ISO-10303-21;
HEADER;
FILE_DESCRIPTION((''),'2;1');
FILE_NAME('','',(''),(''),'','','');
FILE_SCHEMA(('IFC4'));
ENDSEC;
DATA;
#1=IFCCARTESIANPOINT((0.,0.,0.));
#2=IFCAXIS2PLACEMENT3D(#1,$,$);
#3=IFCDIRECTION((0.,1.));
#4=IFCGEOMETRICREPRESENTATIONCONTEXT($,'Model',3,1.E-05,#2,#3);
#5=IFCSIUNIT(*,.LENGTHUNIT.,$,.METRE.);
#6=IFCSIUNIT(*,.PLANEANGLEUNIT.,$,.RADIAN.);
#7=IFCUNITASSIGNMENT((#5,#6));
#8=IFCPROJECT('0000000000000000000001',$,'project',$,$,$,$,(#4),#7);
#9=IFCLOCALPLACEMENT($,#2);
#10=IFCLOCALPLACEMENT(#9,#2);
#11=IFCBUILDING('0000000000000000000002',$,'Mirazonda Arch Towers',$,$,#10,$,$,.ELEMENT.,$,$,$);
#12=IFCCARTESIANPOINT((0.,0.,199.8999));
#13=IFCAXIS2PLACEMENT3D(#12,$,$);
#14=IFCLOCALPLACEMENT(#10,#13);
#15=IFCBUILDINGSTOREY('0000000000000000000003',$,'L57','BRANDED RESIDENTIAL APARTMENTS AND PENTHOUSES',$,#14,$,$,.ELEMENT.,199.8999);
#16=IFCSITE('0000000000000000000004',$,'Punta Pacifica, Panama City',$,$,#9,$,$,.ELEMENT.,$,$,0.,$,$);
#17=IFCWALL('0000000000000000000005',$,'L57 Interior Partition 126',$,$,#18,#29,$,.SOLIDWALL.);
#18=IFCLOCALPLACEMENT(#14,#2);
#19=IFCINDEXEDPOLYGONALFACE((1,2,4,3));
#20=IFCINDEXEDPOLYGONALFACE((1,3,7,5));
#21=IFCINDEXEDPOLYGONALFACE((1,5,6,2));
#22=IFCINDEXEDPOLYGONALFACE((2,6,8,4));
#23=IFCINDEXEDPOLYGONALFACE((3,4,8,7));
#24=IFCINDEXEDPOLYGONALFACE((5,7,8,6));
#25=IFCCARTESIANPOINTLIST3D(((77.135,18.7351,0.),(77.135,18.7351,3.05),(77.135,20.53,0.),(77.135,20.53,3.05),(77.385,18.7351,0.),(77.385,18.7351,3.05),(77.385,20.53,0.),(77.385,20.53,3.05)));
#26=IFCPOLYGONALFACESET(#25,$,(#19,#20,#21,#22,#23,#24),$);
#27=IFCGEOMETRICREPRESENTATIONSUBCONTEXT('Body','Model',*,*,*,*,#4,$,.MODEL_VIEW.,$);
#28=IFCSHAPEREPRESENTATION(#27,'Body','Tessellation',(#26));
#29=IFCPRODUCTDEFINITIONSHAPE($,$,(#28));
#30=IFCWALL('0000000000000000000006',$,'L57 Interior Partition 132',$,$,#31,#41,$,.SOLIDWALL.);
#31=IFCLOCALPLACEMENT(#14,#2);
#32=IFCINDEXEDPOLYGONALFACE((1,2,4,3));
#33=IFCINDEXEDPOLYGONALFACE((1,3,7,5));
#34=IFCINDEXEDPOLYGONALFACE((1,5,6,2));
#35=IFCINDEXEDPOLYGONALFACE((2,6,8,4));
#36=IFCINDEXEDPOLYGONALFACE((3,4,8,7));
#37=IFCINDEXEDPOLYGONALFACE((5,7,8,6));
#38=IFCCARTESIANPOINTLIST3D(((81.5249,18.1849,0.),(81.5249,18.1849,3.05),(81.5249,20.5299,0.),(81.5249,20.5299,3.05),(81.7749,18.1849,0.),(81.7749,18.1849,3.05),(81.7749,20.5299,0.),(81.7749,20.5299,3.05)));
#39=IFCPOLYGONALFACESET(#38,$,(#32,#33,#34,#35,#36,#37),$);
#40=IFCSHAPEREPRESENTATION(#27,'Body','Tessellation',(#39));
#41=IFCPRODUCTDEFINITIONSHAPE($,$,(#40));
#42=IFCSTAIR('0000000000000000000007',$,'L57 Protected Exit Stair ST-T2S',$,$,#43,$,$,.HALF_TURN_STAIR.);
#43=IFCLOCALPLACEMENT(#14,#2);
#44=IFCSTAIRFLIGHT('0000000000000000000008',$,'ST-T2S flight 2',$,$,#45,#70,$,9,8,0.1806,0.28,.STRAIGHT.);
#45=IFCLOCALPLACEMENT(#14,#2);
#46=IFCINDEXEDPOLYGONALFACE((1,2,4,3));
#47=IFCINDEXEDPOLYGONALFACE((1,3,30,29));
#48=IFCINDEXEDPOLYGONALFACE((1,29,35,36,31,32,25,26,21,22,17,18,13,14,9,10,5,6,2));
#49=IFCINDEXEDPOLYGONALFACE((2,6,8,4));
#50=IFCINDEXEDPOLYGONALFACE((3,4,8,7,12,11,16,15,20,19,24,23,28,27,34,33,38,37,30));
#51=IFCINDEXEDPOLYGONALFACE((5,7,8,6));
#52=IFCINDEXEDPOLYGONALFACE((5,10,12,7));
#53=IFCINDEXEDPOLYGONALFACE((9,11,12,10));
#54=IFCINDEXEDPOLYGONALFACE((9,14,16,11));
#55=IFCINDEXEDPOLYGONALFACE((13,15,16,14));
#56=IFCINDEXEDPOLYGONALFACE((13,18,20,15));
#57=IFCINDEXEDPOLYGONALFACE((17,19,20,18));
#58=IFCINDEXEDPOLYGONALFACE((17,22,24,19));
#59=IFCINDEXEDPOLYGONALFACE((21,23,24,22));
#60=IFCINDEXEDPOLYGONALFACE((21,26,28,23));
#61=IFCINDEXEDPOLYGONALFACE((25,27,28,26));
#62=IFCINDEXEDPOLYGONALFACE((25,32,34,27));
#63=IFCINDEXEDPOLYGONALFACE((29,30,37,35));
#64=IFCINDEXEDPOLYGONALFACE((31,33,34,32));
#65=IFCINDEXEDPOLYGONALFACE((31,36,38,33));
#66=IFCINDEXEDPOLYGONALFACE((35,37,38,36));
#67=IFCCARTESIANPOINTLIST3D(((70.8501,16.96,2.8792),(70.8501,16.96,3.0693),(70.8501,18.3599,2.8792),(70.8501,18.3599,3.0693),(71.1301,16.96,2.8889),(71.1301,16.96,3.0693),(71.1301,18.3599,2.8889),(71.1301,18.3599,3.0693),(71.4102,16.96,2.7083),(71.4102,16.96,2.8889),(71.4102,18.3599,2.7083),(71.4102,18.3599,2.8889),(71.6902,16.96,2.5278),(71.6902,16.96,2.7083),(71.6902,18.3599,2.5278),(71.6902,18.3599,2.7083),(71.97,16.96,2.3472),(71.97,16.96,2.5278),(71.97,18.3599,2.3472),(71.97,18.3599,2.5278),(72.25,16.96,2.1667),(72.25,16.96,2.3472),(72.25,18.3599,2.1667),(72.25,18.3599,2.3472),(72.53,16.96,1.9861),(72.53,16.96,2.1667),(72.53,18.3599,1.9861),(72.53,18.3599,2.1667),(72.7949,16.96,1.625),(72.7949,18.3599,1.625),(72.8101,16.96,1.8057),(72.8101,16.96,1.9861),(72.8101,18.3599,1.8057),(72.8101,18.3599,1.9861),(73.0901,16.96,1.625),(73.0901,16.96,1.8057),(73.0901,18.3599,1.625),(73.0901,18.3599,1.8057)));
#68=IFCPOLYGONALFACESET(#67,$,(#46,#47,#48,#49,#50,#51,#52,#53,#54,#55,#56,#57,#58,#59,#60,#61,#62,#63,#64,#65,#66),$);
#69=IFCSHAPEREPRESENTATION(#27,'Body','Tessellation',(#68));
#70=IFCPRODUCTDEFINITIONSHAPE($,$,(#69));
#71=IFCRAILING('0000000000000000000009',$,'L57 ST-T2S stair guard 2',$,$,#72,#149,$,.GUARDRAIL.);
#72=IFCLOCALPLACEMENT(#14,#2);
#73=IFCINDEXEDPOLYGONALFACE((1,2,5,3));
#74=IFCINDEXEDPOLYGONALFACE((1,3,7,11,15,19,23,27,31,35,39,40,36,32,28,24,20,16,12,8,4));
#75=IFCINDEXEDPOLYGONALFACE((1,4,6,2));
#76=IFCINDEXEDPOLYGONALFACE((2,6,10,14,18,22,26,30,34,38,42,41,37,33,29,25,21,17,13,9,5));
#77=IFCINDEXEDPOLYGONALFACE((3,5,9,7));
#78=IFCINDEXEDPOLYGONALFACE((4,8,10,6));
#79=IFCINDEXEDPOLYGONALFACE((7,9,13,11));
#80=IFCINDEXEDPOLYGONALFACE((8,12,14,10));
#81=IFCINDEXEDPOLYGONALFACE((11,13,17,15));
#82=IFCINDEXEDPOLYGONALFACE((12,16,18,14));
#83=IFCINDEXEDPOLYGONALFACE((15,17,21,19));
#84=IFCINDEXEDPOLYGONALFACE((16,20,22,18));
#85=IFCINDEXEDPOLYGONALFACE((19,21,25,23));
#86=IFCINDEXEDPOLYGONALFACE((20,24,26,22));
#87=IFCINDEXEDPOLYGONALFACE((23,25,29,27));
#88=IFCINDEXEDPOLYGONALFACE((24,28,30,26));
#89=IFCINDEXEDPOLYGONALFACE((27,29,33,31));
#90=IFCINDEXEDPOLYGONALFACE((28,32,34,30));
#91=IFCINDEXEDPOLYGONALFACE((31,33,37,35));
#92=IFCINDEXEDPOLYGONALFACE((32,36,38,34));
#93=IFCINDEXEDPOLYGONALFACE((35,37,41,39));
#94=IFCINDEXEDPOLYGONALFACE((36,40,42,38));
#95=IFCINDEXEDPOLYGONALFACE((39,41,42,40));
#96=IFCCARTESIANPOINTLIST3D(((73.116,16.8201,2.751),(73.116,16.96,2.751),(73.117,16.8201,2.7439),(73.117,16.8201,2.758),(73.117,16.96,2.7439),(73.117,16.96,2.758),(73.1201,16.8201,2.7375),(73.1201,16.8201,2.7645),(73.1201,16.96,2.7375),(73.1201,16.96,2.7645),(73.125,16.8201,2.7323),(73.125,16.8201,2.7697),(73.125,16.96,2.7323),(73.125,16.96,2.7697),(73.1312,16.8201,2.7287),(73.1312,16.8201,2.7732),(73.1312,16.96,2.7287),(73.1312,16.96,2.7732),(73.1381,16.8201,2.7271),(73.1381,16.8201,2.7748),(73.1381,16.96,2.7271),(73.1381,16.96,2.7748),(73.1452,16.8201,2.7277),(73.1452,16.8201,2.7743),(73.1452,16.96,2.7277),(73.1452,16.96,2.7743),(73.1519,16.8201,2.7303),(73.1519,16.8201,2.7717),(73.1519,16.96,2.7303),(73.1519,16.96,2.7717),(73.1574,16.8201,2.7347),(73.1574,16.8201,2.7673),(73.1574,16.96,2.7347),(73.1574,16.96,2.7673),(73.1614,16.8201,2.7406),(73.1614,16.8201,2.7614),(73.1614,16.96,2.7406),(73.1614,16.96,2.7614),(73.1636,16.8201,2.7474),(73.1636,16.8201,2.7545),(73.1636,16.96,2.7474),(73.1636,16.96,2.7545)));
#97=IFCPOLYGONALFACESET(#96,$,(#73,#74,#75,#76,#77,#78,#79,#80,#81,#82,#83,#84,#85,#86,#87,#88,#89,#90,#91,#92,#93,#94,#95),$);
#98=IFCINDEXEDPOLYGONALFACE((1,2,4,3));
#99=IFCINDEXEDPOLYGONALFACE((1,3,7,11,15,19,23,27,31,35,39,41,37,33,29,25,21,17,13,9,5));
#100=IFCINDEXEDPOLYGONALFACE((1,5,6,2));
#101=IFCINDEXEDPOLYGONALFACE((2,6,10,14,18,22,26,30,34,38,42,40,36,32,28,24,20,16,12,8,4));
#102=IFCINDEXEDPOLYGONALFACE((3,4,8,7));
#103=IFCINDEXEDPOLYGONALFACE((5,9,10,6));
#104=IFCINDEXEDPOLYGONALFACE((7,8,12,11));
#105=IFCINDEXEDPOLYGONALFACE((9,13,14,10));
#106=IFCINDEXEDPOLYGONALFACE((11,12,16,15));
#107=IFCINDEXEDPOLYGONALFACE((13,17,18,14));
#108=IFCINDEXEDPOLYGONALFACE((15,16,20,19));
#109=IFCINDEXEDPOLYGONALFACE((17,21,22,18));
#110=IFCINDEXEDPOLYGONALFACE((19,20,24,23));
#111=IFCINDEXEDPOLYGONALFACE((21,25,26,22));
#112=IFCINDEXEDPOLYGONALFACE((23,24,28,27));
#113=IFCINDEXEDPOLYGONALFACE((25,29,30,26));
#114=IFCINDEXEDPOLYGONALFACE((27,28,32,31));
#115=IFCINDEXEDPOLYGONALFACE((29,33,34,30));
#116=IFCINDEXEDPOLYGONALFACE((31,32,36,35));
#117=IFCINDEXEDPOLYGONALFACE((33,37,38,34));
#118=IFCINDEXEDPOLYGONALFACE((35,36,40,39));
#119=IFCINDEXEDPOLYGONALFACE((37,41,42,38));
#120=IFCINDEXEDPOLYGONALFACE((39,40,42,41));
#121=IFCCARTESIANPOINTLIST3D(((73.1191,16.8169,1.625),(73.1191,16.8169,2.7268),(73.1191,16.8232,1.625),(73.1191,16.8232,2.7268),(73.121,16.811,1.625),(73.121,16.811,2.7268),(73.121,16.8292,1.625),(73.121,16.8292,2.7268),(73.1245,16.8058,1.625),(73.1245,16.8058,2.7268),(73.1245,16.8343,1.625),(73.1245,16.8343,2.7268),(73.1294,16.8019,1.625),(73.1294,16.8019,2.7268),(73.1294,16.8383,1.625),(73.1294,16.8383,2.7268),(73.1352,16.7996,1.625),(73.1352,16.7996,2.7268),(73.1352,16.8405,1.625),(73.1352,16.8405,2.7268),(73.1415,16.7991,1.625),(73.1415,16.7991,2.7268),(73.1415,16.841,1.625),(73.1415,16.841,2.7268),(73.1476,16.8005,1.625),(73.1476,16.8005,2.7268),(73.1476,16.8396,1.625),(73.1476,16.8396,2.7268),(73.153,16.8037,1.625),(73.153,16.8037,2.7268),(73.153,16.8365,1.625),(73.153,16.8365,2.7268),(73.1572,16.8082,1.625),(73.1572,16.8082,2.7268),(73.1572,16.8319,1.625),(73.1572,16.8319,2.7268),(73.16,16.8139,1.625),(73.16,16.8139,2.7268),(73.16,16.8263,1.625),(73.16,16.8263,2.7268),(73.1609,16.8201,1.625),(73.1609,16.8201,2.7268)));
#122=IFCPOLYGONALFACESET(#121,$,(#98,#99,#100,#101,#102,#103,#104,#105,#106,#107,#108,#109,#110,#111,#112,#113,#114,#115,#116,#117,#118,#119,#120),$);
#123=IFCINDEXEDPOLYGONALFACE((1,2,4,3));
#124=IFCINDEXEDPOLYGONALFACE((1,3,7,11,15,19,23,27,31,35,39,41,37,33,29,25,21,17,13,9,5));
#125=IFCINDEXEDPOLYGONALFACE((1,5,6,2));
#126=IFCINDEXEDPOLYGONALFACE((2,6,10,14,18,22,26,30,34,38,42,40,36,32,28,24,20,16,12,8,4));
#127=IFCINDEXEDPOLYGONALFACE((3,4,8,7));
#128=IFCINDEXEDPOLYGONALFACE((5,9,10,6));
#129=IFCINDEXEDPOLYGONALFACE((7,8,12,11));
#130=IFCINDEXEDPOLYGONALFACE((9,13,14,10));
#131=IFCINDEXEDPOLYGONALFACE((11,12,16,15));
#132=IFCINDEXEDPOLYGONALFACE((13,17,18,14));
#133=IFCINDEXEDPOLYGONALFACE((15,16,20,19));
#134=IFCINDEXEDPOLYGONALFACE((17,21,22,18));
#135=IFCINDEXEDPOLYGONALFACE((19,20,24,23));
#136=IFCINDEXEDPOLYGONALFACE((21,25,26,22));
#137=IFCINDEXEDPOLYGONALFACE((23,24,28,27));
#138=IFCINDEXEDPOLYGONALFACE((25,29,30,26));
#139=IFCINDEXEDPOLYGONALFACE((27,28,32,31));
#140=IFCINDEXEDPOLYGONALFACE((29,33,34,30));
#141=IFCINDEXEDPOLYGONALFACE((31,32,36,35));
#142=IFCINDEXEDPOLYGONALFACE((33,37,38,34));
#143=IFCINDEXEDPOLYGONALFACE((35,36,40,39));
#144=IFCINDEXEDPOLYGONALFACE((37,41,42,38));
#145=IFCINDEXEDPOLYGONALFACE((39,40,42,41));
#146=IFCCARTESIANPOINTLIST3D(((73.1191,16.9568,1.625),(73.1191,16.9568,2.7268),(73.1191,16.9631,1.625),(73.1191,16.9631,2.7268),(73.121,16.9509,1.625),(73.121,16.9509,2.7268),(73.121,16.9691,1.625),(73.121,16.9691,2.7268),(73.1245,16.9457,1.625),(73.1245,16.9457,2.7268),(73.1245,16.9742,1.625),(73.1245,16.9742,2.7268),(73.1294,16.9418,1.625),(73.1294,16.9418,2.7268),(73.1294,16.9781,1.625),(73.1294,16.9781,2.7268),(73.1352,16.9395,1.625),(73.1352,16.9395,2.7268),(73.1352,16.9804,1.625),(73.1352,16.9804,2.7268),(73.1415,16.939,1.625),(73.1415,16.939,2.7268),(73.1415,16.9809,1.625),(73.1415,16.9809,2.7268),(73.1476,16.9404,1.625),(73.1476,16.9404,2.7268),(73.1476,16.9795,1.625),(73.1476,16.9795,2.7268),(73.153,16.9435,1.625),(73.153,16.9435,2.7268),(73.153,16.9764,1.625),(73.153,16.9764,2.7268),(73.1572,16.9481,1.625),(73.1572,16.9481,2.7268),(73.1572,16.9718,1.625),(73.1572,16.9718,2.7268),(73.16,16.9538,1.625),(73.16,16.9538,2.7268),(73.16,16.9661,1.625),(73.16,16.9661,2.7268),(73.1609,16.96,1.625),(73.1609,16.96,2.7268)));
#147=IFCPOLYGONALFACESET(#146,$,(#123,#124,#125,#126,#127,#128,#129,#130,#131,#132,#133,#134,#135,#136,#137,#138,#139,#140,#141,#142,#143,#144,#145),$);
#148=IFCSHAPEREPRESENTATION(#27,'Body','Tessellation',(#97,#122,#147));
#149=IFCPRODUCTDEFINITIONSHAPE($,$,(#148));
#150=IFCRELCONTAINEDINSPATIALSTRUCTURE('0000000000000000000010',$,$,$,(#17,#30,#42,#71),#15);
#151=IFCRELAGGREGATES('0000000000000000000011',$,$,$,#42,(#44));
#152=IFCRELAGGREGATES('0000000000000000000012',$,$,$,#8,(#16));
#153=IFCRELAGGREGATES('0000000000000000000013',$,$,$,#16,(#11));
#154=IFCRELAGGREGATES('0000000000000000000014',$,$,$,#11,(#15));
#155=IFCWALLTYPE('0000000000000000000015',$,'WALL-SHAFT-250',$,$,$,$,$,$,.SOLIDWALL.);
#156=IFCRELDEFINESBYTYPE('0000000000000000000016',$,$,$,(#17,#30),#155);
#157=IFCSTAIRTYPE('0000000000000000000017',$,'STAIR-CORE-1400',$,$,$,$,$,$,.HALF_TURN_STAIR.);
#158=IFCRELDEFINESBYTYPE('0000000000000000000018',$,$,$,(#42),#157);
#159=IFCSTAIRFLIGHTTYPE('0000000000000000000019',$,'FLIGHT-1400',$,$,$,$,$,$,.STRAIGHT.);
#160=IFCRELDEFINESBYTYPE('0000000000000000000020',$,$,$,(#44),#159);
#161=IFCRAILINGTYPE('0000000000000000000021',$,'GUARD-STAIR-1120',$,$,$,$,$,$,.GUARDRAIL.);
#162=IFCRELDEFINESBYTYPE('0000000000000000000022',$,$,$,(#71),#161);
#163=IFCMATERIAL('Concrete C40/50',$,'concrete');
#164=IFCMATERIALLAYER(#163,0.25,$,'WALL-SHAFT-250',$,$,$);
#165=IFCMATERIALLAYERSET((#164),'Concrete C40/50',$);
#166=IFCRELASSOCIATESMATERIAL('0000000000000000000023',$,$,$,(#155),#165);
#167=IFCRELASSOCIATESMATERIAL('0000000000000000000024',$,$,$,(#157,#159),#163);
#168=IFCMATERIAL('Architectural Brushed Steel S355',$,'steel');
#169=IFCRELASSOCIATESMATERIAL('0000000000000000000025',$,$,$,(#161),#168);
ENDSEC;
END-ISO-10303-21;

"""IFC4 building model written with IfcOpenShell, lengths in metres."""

from ifc_helpers import new_model, si_unit, direction, frame, frame_2d, origin, origin_2d, place, context, subcontext, project, spatial, polyline, rectangle, circle, outline, extrude, material, layer, layer_set, type_object, element, aggregate, save


model = new_model("IFC4")

# Units and contexts
model_context = context("Model", 3, precision=1e-05, world=origin(), true_north=direction((0.0, 1.0)))
body_context = subcontext(model_context, "Body", "Model", "MODEL_VIEW")
ifc_project = project(units=[si_unit("LENGTHUNIT", "METRE"), si_unit("PLANEANGLEUNIT", "RADIAN")], contexts=[model_context])

# Site, building, storey
site_placement = place(None, origin())
site = spatial("IfcSite", under=ifc_project, at=site_placement, Name="Punta Pacifica, Panama City", CompositionType="ELEMENT", RefElevation=0.0)
building_placement = place(site_placement, origin())
building = spatial("IfcBuilding", under=site, at=building_placement, Name="Mirazonda Arch Towers", CompositionType="ELEMENT")
storey_placement = place(building_placement, frame((0.0, 0.0, 199.8999)))
storey = spatial("IfcBuildingStorey", under=building, at=storey_placement, Name="L57", Description="BRANDED RESIDENTIAL APARTMENTS AND PENTHOUSES", CompositionType="ELEMENT", Elevation=199.8999)

# Shared definitions
ifc_material_1 = material(Name="Architectural Brushed Steel S355", Category="steel")

# Walls
ifc_material_2 = material(Name="Concrete C40/50", Category="concrete")
ifc_layer_1 = layer(ifc_material_2, 0.25, Name="WALL-SHAFT-250")
ifc_layer_set_1 = layer_set([ifc_layer_1], Name="Concrete C40/50")
wall_type_1 = type_object("IfcWallType", Name="WALL-SHAFT-250", PredefinedType="SOLIDWALL", material=ifc_layer_set_1)
wall_1_placement = place(storey_placement, frame((77.26, 18.7351, 0.0), z_axis=(0.0, 0.0, 1.0), x_axis=(0.0, 1.0, 0.0)))
element("IfcWall", 1, at=wall_1_placement, inside=storey, type_object=wall_type_1, Name="L57 Interior Partition 126", PredefinedType="SOLIDWALL", context=body_context, shape_type="SweptSolid", body=[
    extrude(rectangle(XDim=1.7949, YDim=0.25, at=frame_2d((0.8975, 0.0))), origin(), (0.0, 0.0, 1.0), 3.05),
])
wall_2_placement = place(storey_placement, frame((81.6499, 18.1851, 0.0), z_axis=(0.0, 0.0, 1.0), x_axis=(0.0, 1.0, 0.0)))
element("IfcWall", 2, at=wall_2_placement, inside=storey, type_object=wall_type_1, Name="L57 Interior Partition 132", PredefinedType="SOLIDWALL", context=body_context, shape_type="SweptSolid", body=[
    extrude(rectangle(XDim=2.345, YDim=0.25, at=frame_2d((1.1724, 0.0))), origin(), (0.0, 0.0, 1.0), 3.05),
])

# Stair, stair flight
stair_type = type_object("IfcStairType", Name="STAIR-CORE-1400", PredefinedType="HALF_TURN_STAIR", material=ifc_material_2)
stair_placement = place(storey_placement, origin())
stair = element("IfcStair", 3, at=stair_placement, inside=storey, type_object=stair_type, Name="L57 Protected Exit Stair ST-T2S", PredefinedType="HALF_TURN_STAIR")
stair_flight_type = type_object("IfcStairFlightType", Name="FLIGHT-1400", PredefinedType="STRAIGHT", material=ifc_material_2)
stair_flight_placement = place(storey_placement, frame((73.0901, 17.6599, 1.625), z_axis=(0.0, 0.0, 1.0), x_axis=(-1.0, 0.0, 0.0)))
stair_flight = element("IfcStairFlight", 4, at=stair_flight_placement, type_object=stair_flight_type, Name="ST-T2S flight 2", NumberOfRisers=9, NumberOfTreads=8, PredefinedType="STRAIGHT", RiserHeight=0.1806, TreadLength=0.28, context=body_context, shape_type="SweptSolid", body=[
    extrude(outline(polyline([(0.0, 0.0), (0.0, 0.1807), (0.28, 0.1807), (0.28, 0.3611), (0.5601, 0.3611), (0.5601, 0.5417), (0.8401, 0.5417), (0.8401, 0.7222), (1.1201, 0.7222), (1.1201, 0.9028), (1.3999, 0.9028), (1.3999, 1.0833), (1.6799, 1.0833), (1.6799, 1.2639), (1.96, 1.2639), (1.96, 1.4443), (2.24, 1.4443), (2.24, 1.625), (2.24, 1.2542), (0.2952, 0.0), (0.0, 0.0)])), frame((0.0, 0.7, 0.0), z_axis=(0.0, -1.0, 0.0), x_axis=(1.0, 0.0, 0.0)), (0.0, 0.0, 1.0), 1.3999),
])
aggregate(stair, [stair_flight])

# Railing
railing_type_1 = type_object("IfcRailingType", Name="GUARD-STAIR-1120", PredefinedType="GUARDRAIL", material=ifc_material_1)
railing_1_placement = place(storey_placement, frame((73.1399, 16.8201, 1.625)))
element("IfcRailing", 5, at=railing_1_placement, inside=storey, type_object=railing_type_1, Name="L57 ST-T2S stair guard 2", PredefinedType="GUARDRAIL", context=body_context, shape_type="SweptSolid", body=[
    extrude(circle(Radius=0.0239, at=origin_2d()), frame((0.0, 0.0, 1.126), z_axis=(0.0, 1.0, 0.0), x_axis=(-1.0, 0.0, 0.0)), (0.0, 0.0, 1.0), 0.1399),
    extrude(circle(Radius=0.021, at=origin_2d()), origin(), (0.0, 0.0, 1.0), 1.1018),
    extrude(circle(Radius=0.021, at=origin_2d()), frame((0.0, 0.1399, 0.0)), (0.0, 0.0, 1.0), 1.1018),
])

save(model, "model.ifc")
